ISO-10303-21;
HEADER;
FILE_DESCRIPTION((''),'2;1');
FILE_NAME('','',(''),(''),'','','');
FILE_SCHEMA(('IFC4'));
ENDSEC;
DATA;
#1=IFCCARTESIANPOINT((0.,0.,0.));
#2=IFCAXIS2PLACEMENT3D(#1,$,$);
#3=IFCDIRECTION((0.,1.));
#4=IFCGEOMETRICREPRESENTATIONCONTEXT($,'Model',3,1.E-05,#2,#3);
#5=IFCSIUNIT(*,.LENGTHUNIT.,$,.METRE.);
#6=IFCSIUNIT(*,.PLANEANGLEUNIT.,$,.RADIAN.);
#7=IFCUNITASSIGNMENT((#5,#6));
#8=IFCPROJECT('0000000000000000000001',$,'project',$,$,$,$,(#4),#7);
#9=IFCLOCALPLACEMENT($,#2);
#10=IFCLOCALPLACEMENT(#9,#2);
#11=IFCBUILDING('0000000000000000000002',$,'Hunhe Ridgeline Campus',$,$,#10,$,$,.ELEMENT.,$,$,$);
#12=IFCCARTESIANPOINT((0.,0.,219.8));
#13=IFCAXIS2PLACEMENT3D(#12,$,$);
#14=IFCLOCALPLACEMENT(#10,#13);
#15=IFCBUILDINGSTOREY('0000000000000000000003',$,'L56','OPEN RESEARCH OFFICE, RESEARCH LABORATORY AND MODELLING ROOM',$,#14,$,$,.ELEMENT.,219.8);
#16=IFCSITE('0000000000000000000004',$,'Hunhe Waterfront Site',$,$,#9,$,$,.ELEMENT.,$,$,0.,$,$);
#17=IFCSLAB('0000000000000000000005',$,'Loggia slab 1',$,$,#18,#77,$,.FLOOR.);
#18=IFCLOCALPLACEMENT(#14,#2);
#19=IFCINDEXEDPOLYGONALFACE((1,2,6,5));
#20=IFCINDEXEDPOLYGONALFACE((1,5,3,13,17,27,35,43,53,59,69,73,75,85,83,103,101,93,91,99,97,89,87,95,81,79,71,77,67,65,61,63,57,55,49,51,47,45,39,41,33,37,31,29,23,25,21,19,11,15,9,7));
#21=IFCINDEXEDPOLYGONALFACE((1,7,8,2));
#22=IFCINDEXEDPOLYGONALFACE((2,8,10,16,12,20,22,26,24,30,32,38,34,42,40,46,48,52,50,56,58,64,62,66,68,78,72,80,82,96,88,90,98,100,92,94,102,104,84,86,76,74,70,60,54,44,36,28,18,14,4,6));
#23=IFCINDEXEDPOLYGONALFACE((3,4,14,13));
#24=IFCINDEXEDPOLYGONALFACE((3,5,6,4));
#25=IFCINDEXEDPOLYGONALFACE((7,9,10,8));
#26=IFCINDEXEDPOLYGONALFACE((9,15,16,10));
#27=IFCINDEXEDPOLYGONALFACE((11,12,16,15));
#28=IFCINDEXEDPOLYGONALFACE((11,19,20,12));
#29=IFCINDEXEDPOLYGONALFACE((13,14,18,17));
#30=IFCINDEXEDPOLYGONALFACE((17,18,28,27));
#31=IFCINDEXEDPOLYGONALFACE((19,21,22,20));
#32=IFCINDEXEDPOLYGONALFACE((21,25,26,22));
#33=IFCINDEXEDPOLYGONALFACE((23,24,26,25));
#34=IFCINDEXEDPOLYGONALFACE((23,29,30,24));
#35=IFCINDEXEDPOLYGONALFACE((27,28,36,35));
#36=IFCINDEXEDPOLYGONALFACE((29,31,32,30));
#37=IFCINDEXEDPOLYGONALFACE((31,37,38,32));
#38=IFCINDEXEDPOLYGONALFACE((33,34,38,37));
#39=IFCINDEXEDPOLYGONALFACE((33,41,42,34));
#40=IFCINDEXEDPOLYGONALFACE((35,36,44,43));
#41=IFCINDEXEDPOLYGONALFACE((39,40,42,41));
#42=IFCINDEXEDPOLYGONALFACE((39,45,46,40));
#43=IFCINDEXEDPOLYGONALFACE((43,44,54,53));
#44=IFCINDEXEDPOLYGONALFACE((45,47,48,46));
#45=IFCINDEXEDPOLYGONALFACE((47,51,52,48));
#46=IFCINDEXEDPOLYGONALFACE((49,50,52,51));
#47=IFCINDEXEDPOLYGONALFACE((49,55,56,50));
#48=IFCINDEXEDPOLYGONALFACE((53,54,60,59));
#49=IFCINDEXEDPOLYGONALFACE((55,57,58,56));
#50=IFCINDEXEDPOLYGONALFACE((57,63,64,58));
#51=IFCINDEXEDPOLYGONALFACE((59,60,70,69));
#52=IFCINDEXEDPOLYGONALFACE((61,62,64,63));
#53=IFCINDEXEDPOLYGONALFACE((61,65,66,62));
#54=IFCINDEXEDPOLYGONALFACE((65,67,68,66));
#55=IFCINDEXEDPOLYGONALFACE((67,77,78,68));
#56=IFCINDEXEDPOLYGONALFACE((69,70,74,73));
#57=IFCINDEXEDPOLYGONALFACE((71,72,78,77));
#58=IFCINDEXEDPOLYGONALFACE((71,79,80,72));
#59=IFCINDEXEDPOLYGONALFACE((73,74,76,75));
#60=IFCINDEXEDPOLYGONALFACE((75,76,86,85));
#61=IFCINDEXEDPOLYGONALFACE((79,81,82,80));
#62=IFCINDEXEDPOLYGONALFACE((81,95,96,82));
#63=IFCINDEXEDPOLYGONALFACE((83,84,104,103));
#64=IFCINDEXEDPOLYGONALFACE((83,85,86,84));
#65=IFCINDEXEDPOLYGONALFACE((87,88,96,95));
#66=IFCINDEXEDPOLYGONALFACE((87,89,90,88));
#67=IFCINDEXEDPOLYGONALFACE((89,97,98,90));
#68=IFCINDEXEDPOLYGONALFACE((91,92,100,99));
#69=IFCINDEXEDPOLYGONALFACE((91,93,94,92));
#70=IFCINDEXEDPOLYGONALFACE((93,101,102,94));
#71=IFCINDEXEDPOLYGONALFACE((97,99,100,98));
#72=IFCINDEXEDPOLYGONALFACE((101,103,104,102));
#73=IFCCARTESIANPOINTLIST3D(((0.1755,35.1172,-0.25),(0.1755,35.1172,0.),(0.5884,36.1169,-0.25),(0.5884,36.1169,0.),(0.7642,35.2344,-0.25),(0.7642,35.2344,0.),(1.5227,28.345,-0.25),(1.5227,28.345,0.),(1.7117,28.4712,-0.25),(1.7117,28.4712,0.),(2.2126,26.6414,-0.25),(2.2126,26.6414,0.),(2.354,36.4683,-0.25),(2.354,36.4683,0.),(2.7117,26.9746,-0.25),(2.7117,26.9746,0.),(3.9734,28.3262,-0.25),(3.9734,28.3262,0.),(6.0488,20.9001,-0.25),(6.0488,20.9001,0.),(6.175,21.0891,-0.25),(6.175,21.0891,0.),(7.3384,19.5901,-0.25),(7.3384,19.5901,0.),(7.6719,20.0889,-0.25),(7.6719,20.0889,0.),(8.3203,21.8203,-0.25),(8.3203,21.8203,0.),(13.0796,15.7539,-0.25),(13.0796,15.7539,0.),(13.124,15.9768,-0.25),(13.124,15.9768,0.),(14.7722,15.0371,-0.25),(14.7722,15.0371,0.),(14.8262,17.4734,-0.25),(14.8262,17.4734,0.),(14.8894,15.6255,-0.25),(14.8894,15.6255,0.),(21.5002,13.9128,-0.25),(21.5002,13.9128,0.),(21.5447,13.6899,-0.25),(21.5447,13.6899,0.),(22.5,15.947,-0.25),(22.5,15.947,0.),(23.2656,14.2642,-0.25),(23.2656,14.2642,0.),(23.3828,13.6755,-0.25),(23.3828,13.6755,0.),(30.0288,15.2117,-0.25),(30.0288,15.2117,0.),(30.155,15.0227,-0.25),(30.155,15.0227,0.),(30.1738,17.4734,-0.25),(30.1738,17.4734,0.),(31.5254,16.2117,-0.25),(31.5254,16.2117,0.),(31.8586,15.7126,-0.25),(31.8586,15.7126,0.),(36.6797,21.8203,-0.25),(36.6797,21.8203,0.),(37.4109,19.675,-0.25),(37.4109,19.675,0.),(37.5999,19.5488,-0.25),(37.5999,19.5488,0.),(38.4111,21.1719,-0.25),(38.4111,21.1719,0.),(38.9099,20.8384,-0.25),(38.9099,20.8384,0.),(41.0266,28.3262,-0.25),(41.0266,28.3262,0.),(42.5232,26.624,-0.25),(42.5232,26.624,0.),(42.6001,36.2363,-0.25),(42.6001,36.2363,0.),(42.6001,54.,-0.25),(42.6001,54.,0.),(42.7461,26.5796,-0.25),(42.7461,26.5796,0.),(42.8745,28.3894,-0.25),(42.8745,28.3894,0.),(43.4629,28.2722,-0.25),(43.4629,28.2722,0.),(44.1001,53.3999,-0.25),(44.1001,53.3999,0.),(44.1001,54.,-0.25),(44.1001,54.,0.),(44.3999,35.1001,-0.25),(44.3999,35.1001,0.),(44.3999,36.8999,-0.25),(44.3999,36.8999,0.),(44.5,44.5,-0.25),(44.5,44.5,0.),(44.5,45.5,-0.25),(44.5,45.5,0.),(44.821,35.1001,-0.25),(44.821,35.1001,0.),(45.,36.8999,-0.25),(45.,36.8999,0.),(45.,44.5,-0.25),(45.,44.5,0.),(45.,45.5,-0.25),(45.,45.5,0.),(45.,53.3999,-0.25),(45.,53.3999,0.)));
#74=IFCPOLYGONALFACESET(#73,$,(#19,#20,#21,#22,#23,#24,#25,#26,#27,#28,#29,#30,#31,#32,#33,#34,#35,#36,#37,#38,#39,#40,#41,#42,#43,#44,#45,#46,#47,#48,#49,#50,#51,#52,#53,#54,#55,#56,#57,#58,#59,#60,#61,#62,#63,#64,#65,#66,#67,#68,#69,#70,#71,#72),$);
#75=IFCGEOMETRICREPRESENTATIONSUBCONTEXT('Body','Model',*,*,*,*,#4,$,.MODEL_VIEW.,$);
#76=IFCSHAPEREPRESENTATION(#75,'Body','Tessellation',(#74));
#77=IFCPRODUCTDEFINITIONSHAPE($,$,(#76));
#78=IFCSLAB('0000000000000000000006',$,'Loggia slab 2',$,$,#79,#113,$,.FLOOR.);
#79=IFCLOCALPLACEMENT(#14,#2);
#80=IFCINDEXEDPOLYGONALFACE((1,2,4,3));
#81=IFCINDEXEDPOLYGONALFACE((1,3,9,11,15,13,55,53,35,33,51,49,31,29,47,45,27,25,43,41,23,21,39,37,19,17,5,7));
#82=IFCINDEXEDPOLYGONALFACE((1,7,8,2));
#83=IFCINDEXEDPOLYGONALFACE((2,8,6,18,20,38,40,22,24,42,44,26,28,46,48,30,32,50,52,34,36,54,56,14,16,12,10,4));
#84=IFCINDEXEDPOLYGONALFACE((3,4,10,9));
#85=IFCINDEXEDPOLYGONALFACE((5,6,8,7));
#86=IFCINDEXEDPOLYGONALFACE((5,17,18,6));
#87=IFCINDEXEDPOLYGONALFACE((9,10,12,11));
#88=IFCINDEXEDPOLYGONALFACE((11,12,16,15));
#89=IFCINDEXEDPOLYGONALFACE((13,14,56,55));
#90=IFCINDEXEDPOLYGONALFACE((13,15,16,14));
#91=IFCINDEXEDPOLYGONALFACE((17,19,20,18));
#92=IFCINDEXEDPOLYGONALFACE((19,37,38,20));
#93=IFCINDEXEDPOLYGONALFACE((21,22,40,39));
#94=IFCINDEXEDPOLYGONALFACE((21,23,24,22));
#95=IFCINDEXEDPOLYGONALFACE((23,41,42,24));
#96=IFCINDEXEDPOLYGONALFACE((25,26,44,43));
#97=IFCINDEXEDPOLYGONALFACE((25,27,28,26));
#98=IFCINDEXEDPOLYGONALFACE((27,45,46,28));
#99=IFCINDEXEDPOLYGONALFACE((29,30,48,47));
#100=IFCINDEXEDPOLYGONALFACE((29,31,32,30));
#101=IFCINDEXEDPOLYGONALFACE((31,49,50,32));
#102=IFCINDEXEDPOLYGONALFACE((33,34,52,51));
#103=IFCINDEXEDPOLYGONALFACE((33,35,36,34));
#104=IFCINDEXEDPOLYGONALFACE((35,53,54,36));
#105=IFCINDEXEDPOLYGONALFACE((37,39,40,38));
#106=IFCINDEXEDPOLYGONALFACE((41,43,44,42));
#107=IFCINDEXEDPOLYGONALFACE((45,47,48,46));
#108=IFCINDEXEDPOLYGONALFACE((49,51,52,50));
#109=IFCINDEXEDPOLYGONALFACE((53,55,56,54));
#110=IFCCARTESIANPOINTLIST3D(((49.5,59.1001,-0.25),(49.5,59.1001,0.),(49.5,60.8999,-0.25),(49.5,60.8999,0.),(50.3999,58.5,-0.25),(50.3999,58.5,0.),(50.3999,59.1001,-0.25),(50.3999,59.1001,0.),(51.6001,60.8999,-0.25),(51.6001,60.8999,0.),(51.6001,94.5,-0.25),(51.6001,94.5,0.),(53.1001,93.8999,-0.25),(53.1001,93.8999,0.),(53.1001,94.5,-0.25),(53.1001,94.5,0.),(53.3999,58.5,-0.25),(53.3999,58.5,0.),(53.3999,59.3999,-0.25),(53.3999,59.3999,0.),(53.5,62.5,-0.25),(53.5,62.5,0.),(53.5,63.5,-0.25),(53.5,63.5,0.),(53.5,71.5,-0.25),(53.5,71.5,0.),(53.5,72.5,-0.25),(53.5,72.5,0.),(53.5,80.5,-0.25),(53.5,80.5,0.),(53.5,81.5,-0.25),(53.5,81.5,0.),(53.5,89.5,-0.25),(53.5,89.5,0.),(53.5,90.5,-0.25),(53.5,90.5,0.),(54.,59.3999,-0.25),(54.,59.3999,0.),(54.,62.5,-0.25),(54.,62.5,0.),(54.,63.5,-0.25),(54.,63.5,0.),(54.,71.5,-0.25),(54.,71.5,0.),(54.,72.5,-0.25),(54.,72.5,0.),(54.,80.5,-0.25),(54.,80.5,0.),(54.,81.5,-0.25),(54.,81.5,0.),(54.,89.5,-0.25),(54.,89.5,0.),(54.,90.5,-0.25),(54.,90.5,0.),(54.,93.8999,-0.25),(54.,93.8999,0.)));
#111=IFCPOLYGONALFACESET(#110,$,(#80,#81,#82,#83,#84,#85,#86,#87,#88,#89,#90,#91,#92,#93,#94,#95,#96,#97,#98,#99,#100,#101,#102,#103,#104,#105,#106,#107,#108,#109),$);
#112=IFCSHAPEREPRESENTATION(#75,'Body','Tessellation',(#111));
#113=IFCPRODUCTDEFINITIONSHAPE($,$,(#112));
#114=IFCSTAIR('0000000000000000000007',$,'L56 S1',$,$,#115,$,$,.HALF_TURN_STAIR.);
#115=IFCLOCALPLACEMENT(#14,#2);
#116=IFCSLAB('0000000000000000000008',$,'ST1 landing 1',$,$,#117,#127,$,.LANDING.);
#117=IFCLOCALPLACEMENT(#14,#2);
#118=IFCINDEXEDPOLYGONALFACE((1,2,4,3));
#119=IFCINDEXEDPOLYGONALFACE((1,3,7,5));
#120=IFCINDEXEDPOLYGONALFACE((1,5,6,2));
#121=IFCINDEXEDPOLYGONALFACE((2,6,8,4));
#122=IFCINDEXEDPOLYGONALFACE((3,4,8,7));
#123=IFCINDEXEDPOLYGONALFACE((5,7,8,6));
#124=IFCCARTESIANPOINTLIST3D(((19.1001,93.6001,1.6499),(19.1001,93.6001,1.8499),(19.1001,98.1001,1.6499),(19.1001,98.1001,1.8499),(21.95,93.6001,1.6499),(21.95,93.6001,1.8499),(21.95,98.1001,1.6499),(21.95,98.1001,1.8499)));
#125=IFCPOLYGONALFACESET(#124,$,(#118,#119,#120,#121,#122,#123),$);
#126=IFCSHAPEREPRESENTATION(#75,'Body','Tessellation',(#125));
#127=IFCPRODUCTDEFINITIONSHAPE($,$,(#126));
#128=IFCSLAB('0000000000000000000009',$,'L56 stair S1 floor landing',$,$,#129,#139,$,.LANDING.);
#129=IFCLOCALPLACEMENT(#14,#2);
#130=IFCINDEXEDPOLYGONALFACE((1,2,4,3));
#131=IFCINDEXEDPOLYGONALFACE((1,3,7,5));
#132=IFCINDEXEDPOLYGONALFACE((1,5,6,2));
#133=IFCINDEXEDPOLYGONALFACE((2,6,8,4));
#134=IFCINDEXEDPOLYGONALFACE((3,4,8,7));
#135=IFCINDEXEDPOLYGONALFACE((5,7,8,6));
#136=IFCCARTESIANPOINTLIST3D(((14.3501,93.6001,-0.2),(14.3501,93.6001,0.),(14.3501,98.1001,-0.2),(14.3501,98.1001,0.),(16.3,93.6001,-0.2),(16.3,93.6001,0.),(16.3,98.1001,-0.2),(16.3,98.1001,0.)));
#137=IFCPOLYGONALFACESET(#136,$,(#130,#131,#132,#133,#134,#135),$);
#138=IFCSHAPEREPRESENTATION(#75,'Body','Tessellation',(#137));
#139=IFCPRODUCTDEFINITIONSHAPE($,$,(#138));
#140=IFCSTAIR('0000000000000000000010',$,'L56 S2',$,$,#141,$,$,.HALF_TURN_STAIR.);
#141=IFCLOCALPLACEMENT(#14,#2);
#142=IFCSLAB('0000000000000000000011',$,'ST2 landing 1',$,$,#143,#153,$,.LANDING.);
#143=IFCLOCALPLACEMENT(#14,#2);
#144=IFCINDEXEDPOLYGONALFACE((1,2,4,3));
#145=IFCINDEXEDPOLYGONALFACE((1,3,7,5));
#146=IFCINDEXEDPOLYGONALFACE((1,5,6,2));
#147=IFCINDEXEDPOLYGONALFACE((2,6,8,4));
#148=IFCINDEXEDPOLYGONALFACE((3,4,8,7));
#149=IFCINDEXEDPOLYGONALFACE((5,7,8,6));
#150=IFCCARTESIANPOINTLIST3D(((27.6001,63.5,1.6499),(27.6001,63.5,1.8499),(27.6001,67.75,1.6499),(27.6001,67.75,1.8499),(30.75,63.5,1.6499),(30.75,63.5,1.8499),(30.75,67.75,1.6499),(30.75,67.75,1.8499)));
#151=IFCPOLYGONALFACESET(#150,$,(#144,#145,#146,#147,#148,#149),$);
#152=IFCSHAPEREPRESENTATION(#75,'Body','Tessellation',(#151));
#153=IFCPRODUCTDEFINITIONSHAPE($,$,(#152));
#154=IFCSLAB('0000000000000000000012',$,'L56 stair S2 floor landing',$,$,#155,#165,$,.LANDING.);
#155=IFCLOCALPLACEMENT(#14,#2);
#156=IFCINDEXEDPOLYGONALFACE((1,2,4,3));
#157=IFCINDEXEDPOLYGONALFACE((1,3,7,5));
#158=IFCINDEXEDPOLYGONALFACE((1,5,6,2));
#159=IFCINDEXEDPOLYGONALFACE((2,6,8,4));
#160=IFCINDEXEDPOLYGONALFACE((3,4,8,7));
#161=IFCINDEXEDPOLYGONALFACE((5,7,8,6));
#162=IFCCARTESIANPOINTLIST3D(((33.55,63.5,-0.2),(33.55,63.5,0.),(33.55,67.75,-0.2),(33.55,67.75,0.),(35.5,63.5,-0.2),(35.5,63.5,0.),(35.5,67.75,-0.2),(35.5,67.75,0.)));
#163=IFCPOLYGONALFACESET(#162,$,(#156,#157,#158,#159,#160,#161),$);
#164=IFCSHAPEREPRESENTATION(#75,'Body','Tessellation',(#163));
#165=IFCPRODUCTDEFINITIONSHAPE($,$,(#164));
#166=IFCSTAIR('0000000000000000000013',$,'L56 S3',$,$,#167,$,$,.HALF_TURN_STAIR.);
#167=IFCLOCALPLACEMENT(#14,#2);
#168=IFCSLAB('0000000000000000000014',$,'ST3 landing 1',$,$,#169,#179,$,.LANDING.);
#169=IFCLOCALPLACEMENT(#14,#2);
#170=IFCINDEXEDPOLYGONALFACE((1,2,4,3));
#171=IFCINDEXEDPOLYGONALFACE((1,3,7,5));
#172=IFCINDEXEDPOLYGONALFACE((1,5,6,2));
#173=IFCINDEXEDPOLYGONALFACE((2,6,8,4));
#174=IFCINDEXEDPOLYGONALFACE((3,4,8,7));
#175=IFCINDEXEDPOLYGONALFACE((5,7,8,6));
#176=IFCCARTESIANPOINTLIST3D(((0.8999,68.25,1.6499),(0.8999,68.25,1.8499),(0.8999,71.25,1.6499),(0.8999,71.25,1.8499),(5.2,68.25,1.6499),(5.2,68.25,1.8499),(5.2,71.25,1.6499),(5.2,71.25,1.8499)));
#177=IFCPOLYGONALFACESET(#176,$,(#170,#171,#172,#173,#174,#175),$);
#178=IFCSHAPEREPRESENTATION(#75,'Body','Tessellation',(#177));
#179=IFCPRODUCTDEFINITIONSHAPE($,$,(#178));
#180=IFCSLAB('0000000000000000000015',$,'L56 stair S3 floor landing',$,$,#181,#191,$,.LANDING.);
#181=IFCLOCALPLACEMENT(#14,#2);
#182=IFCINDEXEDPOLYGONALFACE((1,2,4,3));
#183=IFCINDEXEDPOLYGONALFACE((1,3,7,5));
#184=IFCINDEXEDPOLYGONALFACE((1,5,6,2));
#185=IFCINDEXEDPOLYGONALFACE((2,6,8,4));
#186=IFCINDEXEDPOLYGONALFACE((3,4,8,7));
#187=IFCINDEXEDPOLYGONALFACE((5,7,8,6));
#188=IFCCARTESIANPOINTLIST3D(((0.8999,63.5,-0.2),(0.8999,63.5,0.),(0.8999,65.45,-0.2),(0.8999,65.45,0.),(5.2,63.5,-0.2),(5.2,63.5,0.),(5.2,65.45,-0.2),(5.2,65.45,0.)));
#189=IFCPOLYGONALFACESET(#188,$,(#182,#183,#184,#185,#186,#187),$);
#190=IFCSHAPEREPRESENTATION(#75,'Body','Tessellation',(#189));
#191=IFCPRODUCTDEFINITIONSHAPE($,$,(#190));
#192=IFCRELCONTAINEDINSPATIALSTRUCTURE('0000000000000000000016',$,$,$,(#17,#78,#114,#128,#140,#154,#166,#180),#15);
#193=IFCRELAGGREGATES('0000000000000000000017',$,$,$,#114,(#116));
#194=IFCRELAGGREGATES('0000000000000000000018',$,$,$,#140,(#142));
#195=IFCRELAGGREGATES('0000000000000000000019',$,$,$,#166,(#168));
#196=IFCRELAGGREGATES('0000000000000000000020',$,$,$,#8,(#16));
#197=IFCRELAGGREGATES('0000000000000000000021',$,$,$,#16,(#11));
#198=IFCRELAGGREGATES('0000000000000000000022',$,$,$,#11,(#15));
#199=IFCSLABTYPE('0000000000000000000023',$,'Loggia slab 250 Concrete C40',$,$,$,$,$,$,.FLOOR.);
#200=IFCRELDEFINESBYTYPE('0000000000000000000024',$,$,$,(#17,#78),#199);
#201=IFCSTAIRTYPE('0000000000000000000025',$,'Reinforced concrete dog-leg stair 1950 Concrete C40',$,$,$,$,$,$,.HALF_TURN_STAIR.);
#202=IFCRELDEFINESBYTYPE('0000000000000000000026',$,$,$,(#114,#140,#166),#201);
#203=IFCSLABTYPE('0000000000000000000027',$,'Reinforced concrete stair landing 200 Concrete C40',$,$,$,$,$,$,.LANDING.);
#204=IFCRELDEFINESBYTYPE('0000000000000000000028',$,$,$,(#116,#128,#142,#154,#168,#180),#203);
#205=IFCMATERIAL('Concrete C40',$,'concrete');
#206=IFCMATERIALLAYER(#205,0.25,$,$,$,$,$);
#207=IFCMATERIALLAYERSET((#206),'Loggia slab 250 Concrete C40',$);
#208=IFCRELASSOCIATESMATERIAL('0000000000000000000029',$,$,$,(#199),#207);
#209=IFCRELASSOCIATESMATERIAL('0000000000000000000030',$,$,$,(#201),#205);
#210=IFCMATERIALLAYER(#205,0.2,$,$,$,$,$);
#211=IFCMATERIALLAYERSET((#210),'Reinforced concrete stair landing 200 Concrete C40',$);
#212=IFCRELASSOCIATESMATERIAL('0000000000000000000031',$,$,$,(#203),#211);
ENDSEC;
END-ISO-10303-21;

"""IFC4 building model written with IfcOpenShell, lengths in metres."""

from ifc_helpers import new_model, si_unit, direction, frame, origin, place, context, subcontext, project, spatial, polyline, outline, extrude, material, layer, layer_set, type_object, element, aggregate, save


model = new_model("IFC4")

# Units and contexts
model_context = context("Model", 3, precision=1e-05, world=origin(), true_north=direction((0.0, 1.0)))
body_context = subcontext(model_context, "Body", "Model", "MODEL_VIEW")
ifc_project = project(units=[si_unit("LENGTHUNIT", "METRE"), si_unit("PLANEANGLEUNIT", "RADIAN")], contexts=[model_context])

# Site, building, storey
site_placement = place(None, origin())
site = spatial("IfcSite", under=ifc_project, at=site_placement, Name="Hunhe Waterfront Site", CompositionType="ELEMENT", RefElevation=0.0)
building_placement = place(site_placement, origin())
building = spatial("IfcBuilding", under=site, at=building_placement, Name="Hunhe Ridgeline Campus", CompositionType="ELEMENT")
storey_placement = place(building_placement, frame((0.0, 0.0, 219.8)))
storey = spatial("IfcBuildingStorey", under=building, at=storey_placement, Name="L56", Description="OPEN RESEARCH OFFICE, RESEARCH LABORATORY AND MODELLING ROOM", CompositionType="ELEMENT", Elevation=219.8)

# Slabs
ifc_material_1 = material(Name="Concrete C40", Category="concrete")
ifc_layer_1 = layer(ifc_material_1, 0.25)
ifc_layer_set_1 = layer_set([ifc_layer_1], Name="Loggia slab 250 Concrete C40")
slab_type_1 = type_object("IfcSlabType", Name="Loggia slab 250 Concrete C40", PredefinedType="FLOOR", material=ifc_layer_set_1)
slab_1_placement = place(storey_placement, frame((0.0, 0.0, -0.25)))
element("IfcSlab", 1, at=slab_1_placement, inside=storey, type_object=slab_type_1, Name="Loggia slab 1", PredefinedType="FLOOR", context=body_context, shape_type="SweptSolid", body=[
    extrude(outline(polyline([(30.1738, 17.4734), (22.5, 15.947), (14.8262, 17.4734), (8.3203, 21.8203), (3.9734, 28.3262), (2.354, 36.4683), (0.5884, 36.1169), (0.7642, 35.2344), (0.1755, 35.1172), (1.5227, 28.345), (1.7117, 28.4712), (2.7117, 26.9746), (2.2126, 26.6414), (6.0488, 20.9001), (6.175, 21.0891), (7.6719, 20.0889), (7.3384, 19.5901), (13.0796, 15.7539), (13.124, 15.9768), (14.8894, 15.6255), (14.7722, 15.0371), (21.5447, 13.6899), (21.5002, 13.9128), (23.2656, 14.2642), (23.3828, 13.6755), (30.155, 15.0227), (30.0288, 15.2117), (31.5254, 16.2117), (31.8586, 15.7126), (37.5999, 19.5488), (37.4109, 19.675), (38.4111, 21.1719), (38.9099, 20.8384), (42.7461, 26.5796), (42.5232, 26.624), (42.8745, 28.3894), (43.4629, 28.2722), (44.821, 35.1001), (44.3999, 35.1001), (44.3999, 36.8999), (45.0, 36.8999), (45.0, 44.5), (44.5, 44.5), (44.5, 45.5), (45.0, 45.5), (45.0, 53.3999), (44.1001, 53.3999), (44.1001, 54.0), (42.6001, 54.0), (42.6001, 36.2363), (41.0266, 28.3262), (36.6797, 21.8203), (30.1738, 17.4734)])), origin(), (0.0, 0.0, 1.0), 0.25),
])
slab_2_placement = place(storey_placement, frame((0.0, 0.0, -0.25)))
element("IfcSlab", 2, at=slab_2_placement, inside=storey, type_object=slab_type_1, Name="Loggia slab 2", PredefinedType="FLOOR", context=body_context, shape_type="SweptSolid", body=[
    extrude(outline(polyline([(49.5, 59.1001), (50.3999, 59.1001), (50.3999, 58.5), (53.3999, 58.5), (53.3999, 59.3999), (54.0, 59.3999), (54.0, 62.5), (53.5, 62.5), (53.5, 63.5), (54.0, 63.5), (54.0, 71.5), (53.5, 71.5), (53.5, 72.5), (54.0, 72.5), (54.0, 80.5), (53.5, 80.5), (53.5, 81.5), (54.0, 81.5), (54.0, 89.5), (53.5, 89.5), (53.5, 90.5), (54.0, 90.5), (54.0, 93.8999), (53.1001, 93.8999), (53.1001, 94.5), (51.6001, 94.5), (51.6001, 60.8999), (49.5, 60.8999), (49.5, 59.1001)])), origin(), (0.0, 0.0, 1.0), 0.25),
])

# Stair, slab
stair_type = type_object("IfcStairType", Name="Reinforced concrete dog-leg stair 1950 Concrete C40", PredefinedType="HALF_TURN_STAIR", material=ifc_material_1)
stair_1_placement = place(storey_placement, origin())
stair_1 = element("IfcStair", 3, at=stair_1_placement, inside=storey, type_object=stair_type, Name="L56 S1", PredefinedType="HALF_TURN_STAIR")
ifc_layer_2 = layer(ifc_material_1, 0.2)
ifc_layer_set_2 = layer_set([ifc_layer_2], Name="Reinforced concrete stair landing 200 Concrete C40")
slab_type_2 = type_object("IfcSlabType", Name="Reinforced concrete stair landing 200 Concrete C40", PredefinedType="LANDING", material=ifc_layer_set_2)
slab_3_placement = place(storey_placement, frame((0.0, 0.0, 1.6499)))
slab_3 = element("IfcSlab", 4, at=slab_3_placement, type_object=slab_type_2, Name="ST1 landing 1", PredefinedType="LANDING", context=body_context, shape_type="SweptSolid", body=[
    extrude(outline(polyline([(19.1001, 93.6001), (21.95, 93.6001), (21.95, 98.1001), (19.1001, 98.1001), (19.1001, 93.6001)])), origin(), (0.0, 0.0, 1.0), 0.2),
])
aggregate(stair_1, [slab_3])

# Slab
slab_4_placement = place(storey_placement, frame((0.0, 0.0, -0.2)))
element("IfcSlab", 5, at=slab_4_placement, inside=storey, type_object=slab_type_2, Name="L56 stair S1 floor landing", PredefinedType="LANDING", context=body_context, shape_type="SweptSolid", body=[
    extrude(outline(polyline([(14.3501, 93.6001), (16.3, 93.6001), (16.3, 98.1001), (14.3501, 98.1001), (14.3501, 93.6001)])), origin(), (0.0, 0.0, 1.0), 0.2),
])

# Stair, slab
stair_2_placement = place(storey_placement, origin())
stair_2 = element("IfcStair", 6, at=stair_2_placement, inside=storey, type_object=stair_type, Name="L56 S2", PredefinedType="HALF_TURN_STAIR")
slab_5_placement = place(storey_placement, frame((0.0, 0.0, 1.6499)))
slab_5 = element("IfcSlab", 7, at=slab_5_placement, type_object=slab_type_2, Name="ST2 landing 1", PredefinedType="LANDING", context=body_context, shape_type="SweptSolid", body=[
    extrude(outline(polyline([(30.75, 67.75), (27.6001, 67.75), (27.6001, 63.5), (30.75, 63.5), (30.75, 67.75)])), origin(), (0.0, 0.0, 1.0), 0.2),
])
aggregate(stair_2, [slab_5])

# Slab
slab_6_placement = place(storey_placement, frame((0.0, 0.0, -0.2)))
element("IfcSlab", 8, at=slab_6_placement, inside=storey, type_object=slab_type_2, Name="L56 stair S2 floor landing", PredefinedType="LANDING", context=body_context, shape_type="SweptSolid", body=[
    extrude(outline(polyline([(35.5, 67.75), (33.55, 67.75), (33.55, 63.5), (35.5, 63.5), (35.5, 67.75)])), origin(), (0.0, 0.0, 1.0), 0.2),
])

# Stair, slab
stair_3_placement = place(storey_placement, origin())
stair_3 = element("IfcStair", 9, at=stair_3_placement, inside=storey, type_object=stair_type, Name="L56 S3", PredefinedType="HALF_TURN_STAIR")
slab_7_placement = place(storey_placement, frame((0.0, 0.0, 1.6499)))
slab_7 = element("IfcSlab", 10, at=slab_7_placement, type_object=slab_type_2, Name="ST3 landing 1", PredefinedType="LANDING", context=body_context, shape_type="SweptSolid", body=[
    extrude(outline(polyline([(5.2, 68.25), (5.2, 71.25), (0.8999, 71.25), (0.8999, 68.25), (5.2, 68.25)])), origin(), (0.0, 0.0, 1.0), 0.2),
])
aggregate(stair_3, [slab_7])

# Slab
slab_8_placement = place(storey_placement, frame((0.0, 0.0, -0.2)))
element("IfcSlab", 11, at=slab_8_placement, inside=storey, type_object=slab_type_2, Name="L56 stair S3 floor landing", PredefinedType="LANDING", context=body_context, shape_type="SweptSolid", body=[
    extrude(outline(polyline([(5.2, 63.5), (5.2, 65.45), (0.8999, 65.45), (0.8999, 63.5), (5.2, 63.5)])), origin(), (0.0, 0.0, 1.0), 0.2),
])

save(model, "model.ifc")
